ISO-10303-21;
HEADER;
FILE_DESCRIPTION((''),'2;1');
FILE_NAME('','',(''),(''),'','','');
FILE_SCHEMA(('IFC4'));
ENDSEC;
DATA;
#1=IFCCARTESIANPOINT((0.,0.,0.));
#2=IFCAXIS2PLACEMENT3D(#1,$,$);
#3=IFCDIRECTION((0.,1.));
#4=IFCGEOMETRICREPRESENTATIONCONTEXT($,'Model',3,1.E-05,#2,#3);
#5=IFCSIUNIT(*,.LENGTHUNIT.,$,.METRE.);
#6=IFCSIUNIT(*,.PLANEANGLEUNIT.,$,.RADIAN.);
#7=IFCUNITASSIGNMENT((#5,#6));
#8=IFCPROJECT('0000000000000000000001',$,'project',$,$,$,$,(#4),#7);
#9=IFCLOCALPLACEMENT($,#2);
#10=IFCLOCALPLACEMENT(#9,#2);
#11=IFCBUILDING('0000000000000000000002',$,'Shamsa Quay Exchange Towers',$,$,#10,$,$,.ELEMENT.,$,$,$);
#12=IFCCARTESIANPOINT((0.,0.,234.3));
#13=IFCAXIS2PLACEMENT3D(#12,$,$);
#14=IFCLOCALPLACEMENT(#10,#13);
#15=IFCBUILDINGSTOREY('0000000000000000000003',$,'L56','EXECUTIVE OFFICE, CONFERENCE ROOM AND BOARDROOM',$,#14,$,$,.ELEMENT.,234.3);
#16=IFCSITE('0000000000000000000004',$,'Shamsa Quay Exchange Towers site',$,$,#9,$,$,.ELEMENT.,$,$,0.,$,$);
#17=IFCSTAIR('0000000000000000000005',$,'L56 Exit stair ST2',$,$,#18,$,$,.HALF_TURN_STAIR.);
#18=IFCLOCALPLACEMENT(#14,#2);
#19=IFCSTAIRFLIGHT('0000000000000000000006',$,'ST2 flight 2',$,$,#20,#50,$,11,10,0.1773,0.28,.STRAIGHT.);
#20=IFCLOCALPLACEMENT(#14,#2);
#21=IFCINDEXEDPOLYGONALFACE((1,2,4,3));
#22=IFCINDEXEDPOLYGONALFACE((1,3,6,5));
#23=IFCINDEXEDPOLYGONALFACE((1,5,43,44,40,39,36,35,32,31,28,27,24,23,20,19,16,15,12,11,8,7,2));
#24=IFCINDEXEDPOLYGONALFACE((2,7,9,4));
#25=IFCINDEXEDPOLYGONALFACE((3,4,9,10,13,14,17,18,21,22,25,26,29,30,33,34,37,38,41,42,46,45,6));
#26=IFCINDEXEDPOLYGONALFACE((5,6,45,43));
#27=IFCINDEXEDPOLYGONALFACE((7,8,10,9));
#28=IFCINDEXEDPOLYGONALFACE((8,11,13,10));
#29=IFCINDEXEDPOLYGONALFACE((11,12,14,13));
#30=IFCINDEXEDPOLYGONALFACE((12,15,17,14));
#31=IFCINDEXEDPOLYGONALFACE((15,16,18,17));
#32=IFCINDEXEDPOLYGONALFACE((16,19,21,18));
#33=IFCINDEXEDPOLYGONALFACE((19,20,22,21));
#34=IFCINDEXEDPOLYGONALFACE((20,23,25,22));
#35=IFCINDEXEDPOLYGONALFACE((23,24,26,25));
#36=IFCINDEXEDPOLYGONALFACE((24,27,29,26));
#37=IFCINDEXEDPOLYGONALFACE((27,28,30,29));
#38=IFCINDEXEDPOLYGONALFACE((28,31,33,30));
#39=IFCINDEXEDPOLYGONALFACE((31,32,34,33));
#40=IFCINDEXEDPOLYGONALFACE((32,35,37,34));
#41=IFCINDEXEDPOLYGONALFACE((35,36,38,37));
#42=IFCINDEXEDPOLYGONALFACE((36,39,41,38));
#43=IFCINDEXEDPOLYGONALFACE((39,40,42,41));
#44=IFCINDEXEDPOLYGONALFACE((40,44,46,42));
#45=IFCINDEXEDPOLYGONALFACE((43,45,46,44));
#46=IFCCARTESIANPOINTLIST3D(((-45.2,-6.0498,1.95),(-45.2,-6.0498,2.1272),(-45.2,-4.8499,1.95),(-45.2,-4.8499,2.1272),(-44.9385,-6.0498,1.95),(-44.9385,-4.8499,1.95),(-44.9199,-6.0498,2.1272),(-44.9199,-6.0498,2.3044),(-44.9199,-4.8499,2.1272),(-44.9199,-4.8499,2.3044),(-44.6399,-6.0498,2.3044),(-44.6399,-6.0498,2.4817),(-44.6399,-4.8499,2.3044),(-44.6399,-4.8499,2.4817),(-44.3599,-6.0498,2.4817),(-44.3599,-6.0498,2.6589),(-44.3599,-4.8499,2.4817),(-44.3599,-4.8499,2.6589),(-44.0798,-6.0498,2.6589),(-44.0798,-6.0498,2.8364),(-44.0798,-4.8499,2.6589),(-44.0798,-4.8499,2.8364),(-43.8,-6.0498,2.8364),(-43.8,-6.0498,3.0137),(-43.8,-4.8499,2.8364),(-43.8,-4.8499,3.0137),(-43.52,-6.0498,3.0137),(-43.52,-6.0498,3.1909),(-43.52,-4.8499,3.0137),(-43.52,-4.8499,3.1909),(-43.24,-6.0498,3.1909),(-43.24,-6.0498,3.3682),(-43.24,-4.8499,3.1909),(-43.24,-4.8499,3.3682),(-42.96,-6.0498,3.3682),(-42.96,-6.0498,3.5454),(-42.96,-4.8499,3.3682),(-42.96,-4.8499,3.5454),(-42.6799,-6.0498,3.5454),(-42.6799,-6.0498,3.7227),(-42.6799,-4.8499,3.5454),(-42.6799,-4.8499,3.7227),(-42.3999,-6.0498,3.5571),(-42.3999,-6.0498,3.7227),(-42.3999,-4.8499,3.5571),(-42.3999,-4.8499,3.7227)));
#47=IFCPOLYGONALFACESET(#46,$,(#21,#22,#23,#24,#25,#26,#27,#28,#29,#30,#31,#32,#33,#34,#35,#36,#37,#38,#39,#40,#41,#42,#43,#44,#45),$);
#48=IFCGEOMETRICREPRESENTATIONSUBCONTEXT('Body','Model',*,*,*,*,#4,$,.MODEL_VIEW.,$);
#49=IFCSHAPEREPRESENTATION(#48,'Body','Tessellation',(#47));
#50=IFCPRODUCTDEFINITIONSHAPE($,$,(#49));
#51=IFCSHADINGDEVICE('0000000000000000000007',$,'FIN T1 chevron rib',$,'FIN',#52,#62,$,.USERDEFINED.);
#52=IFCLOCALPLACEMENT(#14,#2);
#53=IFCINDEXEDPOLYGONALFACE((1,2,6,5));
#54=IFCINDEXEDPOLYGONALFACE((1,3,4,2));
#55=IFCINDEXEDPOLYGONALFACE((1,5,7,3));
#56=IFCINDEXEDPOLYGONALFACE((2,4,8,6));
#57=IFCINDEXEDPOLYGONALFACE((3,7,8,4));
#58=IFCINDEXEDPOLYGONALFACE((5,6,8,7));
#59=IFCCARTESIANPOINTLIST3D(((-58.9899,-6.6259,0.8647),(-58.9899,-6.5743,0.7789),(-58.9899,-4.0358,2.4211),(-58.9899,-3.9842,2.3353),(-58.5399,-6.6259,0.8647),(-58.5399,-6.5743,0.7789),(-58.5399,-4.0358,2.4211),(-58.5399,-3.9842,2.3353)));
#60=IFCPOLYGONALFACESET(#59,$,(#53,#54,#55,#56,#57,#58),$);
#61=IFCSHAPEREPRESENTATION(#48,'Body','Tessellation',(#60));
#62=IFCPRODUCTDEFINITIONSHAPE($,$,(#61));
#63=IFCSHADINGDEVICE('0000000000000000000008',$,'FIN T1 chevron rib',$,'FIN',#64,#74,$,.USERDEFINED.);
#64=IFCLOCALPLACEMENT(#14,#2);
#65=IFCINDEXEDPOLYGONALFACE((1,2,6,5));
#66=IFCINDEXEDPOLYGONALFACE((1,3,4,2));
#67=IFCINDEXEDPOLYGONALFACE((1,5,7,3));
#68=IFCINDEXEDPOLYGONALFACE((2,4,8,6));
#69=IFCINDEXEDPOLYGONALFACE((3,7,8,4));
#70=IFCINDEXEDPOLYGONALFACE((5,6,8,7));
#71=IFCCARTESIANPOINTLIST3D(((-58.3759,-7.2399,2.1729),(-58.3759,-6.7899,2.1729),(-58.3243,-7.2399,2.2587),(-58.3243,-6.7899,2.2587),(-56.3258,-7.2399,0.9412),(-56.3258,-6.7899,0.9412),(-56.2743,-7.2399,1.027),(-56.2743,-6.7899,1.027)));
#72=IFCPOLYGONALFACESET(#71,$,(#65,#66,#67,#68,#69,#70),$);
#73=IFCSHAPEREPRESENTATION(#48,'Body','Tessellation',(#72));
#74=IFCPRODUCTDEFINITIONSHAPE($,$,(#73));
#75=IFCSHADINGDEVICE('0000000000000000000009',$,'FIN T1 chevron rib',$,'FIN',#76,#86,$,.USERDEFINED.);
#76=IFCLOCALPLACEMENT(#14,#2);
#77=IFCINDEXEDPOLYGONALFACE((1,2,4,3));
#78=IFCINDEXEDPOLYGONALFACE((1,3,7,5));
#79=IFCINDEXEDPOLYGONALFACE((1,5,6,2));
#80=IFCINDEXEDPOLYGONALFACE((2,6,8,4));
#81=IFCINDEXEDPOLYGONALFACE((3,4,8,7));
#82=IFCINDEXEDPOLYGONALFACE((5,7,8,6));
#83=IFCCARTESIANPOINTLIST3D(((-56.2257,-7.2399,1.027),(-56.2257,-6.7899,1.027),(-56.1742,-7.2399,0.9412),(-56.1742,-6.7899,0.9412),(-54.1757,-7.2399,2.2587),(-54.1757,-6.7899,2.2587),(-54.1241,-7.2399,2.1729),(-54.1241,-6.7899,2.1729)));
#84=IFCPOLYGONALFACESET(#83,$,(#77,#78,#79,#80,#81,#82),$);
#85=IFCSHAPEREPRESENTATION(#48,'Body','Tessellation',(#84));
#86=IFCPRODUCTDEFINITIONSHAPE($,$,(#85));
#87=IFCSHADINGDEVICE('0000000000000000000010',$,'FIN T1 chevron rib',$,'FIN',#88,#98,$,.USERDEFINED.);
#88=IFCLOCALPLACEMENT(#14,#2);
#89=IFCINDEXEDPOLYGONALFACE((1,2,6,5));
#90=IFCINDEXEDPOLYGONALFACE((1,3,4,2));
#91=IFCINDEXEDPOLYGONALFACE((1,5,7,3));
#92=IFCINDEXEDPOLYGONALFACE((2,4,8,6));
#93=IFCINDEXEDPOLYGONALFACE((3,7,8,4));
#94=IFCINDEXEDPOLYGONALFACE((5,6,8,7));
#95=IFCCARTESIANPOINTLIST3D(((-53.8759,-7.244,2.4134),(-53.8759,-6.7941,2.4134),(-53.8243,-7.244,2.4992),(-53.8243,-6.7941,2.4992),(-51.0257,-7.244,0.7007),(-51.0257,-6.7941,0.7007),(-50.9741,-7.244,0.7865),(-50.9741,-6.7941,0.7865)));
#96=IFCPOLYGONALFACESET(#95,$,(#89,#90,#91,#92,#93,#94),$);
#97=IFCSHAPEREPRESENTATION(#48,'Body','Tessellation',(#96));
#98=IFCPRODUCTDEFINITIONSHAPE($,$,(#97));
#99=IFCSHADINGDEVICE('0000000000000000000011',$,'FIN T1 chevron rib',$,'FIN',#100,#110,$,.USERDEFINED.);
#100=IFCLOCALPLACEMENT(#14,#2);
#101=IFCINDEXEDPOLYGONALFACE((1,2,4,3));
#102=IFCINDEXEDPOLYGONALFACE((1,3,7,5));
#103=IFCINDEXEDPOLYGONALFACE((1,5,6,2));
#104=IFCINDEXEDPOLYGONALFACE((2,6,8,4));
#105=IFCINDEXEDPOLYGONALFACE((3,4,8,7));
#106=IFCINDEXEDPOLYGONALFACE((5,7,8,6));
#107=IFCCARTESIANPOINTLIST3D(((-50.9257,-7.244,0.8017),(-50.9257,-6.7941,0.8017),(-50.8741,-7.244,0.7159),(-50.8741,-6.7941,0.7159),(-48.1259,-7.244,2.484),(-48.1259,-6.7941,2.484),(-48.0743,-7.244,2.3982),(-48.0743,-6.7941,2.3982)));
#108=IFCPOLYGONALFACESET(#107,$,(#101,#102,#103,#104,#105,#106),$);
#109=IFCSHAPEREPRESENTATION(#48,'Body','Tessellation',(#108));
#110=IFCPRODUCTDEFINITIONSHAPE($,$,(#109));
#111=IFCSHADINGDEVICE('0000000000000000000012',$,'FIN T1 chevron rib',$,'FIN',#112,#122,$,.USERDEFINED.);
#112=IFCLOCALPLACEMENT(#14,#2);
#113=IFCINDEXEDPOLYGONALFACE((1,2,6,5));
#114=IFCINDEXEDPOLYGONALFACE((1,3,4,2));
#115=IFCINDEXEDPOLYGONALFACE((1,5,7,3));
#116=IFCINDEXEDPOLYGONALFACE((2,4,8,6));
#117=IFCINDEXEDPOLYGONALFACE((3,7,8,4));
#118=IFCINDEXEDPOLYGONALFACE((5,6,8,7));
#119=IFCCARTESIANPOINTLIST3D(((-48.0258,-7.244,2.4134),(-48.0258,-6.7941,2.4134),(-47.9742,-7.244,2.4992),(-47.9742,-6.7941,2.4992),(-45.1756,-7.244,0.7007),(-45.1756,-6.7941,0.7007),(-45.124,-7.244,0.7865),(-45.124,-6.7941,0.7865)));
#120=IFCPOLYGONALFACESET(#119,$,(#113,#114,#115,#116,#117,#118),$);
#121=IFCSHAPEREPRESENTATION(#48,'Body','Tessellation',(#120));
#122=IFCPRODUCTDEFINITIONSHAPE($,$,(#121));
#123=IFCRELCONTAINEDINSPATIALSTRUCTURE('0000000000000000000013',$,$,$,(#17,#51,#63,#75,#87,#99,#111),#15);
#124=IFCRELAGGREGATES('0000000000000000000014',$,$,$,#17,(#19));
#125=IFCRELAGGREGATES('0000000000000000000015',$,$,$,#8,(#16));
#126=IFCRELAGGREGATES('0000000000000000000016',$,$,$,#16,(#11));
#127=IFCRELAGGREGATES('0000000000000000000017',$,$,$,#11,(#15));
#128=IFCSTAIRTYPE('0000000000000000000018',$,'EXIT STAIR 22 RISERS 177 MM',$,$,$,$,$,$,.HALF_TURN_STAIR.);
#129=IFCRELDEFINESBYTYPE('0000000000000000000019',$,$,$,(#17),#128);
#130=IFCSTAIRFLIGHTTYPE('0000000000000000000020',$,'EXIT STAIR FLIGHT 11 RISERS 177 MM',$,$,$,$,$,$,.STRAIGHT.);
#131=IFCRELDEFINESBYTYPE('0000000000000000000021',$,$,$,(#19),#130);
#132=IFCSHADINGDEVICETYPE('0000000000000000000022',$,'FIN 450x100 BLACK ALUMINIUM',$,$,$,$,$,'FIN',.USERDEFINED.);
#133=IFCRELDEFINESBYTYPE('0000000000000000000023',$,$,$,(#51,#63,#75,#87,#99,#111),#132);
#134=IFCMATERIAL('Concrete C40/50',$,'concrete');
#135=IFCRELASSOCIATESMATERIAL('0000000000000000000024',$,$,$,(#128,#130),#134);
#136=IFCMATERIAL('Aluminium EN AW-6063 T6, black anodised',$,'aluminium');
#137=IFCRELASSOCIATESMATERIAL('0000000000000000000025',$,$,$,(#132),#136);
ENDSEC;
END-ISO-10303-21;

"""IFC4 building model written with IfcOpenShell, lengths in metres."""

from ifc_helpers import new_model, si_unit, direction, frame, origin, origin_2d, place, context, subcontext, project, spatial, polyline, rectangle, outline, extrude, material, material_profile, profile_set, type_object, element, aggregate, save


model = new_model("IFC4")

# Units and contexts
model_context = context("Model", 3, precision=1e-05, world=origin(), true_north=direction((0.0, 1.0)))
body_context = subcontext(model_context, "Body", "Model", "MODEL_VIEW")
ifc_project = project(units=[si_unit("LENGTHUNIT", "METRE"), si_unit("PLANEANGLEUNIT", "RADIAN")], contexts=[model_context])

# Site, building, storey
site_placement = place(None, origin())
site = spatial("IfcSite", under=ifc_project, at=site_placement, Name="Shamsa Quay Exchange Towers site", CompositionType="ELEMENT", RefElevation=0.0)
building_placement = place(site_placement, origin())
building = spatial("IfcBuilding", under=site, at=building_placement, Name="Shamsa Quay Exchange Towers", CompositionType="ELEMENT")
storey_placement = place(building_placement, frame((0.0, 0.0, 234.3)))
storey = spatial("IfcBuildingStorey", under=building, at=storey_placement, Name="L56", Description="EXECUTIVE OFFICE, CONFERENCE ROOM AND BOARDROOM", CompositionType="ELEMENT", Elevation=234.3)

# Shared definitions
ifc_material_1 = material(Name="Aluminium EN AW-6063 T6, black anodised", Category="aluminium")

# Stair, stair flight
ifc_material_2 = material(Name="Concrete C40/50", Category="concrete")
stair_type = type_object("IfcStairType", Name="EXIT STAIR 22 RISERS 177 MM", PredefinedType="HALF_TURN_STAIR", material=ifc_material_2)
stair_placement = place(storey_placement, origin())
stair = element("IfcStair", 1, at=stair_placement, inside=storey, type_object=stair_type, Name="L56 Exit stair ST2", PredefinedType="HALF_TURN_STAIR")
stair_flight_type = type_object("IfcStairFlightType", Name="EXIT STAIR FLIGHT 11 RISERS 177 MM", PredefinedType="STRAIGHT", material=ifc_material_2)
stair_flight_placement = place(storey_placement, frame((-45.2, -5.45, 1.95)))
stair_flight = element("IfcStairFlight", 2, at=stair_flight_placement, type_object=stair_flight_type, Name="ST2 flight 2", NumberOfRisers=11, NumberOfTreads=10, PredefinedType="STRAIGHT", RiserHeight=0.1773, TreadLength=0.28, context=body_context, shape_type="SweptSolid", body=[
    extrude(outline(polyline([(0.0, 0.0), (0.0, 0.1772), (0.28, 0.1772), (0.28, 0.3545), (0.5601, 0.3545), (0.5601, 0.5317), (0.8401, 0.5317), (0.8401, 0.709), (1.1201, 0.709), (1.1201, 0.8865), (1.3999, 0.8865), (1.3999, 1.0637), (1.6799, 1.0637), (1.6799, 1.241), (1.96, 1.241), (1.96, 1.4182), (2.24, 1.4182), (2.24, 1.5955), (2.52, 1.5955), (2.52, 1.7727), (2.8, 1.7727), (2.8, 1.95), (2.8, 1.6072), (0.2615, 0.0), (0.0, 0.0)])), frame((0.0, 0.6001, 0.0), z_axis=(0.0, -1.0, 0.0), x_axis=(1.0, 0.0, 0.0)), (0.0, 0.0, 1.0), 1.2),
])
aggregate(stair, [stair_flight])

# Shading devices
ifc_material_profile_1 = material_profile(ifc_material_1, rectangle(XDim=0.45, YDim=0.1001, at=origin_2d()), Name="FIN450x100")
ifc_profile_set_1 = profile_set([ifc_material_profile_1], Name="Aluminium EN AW-6063 T6, black anodised")
shading_device_type = type_object("IfcShadingDeviceType", Name="FIN 450x100 BLACK ALUMINIUM", ElementType="FIN", PredefinedType="USERDEFINED", material=ifc_profile_set_1)
shading_device_1_placement = place(storey_placement, frame((-58.7649, -4.01, 2.3782), z_axis=(0.0, -0.857151, -0.515066), x_axis=(1.0, 0.0, 0.0)))
element("IfcShadingDevice", 3, at=shading_device_1_placement, inside=storey, type_object=shading_device_type, Name="FIN T1 chevron rib", ObjectType="FIN", PredefinedType="USERDEFINED", context=body_context, shape_type="SweptSolid", body=[
    extrude(rectangle(XDim=0.45, YDim=0.1001, at=origin_2d()), origin(), (0.0, 0.0, 1.0), 3.0217),
])
for number, where, z_axis, x_axis, name in (
    (4, (-58.3501, -7.0149, 2.2158), (0.857187, 0.0, -0.515006), (0.0, 1.0, 0.0), "FIN T1 chevron rib"),
    (5, (-56.2, -7.0149, 0.9841), (0.857187, 0.0, 0.515006), (0.0, 1.0, 0.0), "FIN T1 chevron rib"),
):
    element("IfcShadingDevice", number, at=place(storey_placement, frame(where, z_axis=z_axis, x_axis=x_axis)), inside=storey, type_object=shading_device_type, Name=name, ObjectType="FIN", PredefinedType="USERDEFINED", context=body_context, shape_type="SweptSolid", body=[
        extrude(rectangle(XDim=0.45, YDim=0.1001, at=origin_2d()), origin(), (0.0, 0.0, 1.0), 2.3916),
    ])
shading_device_2_placement = place(storey_placement, frame((-53.8501, -7.019, 2.4563), z_axis=(0.857149, 0.0, -0.515068), x_axis=(0.0, 1.0, 0.0)))
element("IfcShadingDevice", 6, at=shading_device_2_placement, inside=storey, type_object=shading_device_type, Name="FIN T1 chevron rib", ObjectType="FIN", PredefinedType="USERDEFINED", context=body_context, shape_type="SweptSolid", body=[
    extrude(rectangle(XDim=0.45, YDim=0.1001, at=origin_2d()), origin(), (0.0, 0.0, 1.0), 3.3252),
])
shading_device_3_placement = place(storey_placement, frame((-50.8999, -7.019, 0.7588), z_axis=(0.857156, 0.0, 0.515056), x_axis=(0.0, 1.0, 0.0)))
element("IfcShadingDevice", 7, at=shading_device_3_placement, inside=storey, type_object=shading_device_type, Name="FIN T1 chevron rib", ObjectType="FIN", PredefinedType="USERDEFINED", context=body_context, shape_type="SweptSolid", body=[
    extrude(rectangle(XDim=0.45, YDim=0.1001, at=origin_2d()), origin(), (0.0, 0.0, 1.0), 3.2664),
])
shading_device_4_placement = place(storey_placement, frame((-48.0, -7.019, 2.4563), z_axis=(0.857149, 0.0, -0.515068), x_axis=(0.0, 1.0, 0.0)))
element("IfcShadingDevice", 8, at=shading_device_4_placement, inside=storey, type_object=shading_device_type, Name="FIN T1 chevron rib", ObjectType="FIN", PredefinedType="USERDEFINED", context=body_context, shape_type="SweptSolid", body=[
    extrude(rectangle(XDim=0.45, YDim=0.1001, at=origin_2d()), origin(), (0.0, 0.0, 1.0), 3.3252),
])

save(model, "model.ifc")
